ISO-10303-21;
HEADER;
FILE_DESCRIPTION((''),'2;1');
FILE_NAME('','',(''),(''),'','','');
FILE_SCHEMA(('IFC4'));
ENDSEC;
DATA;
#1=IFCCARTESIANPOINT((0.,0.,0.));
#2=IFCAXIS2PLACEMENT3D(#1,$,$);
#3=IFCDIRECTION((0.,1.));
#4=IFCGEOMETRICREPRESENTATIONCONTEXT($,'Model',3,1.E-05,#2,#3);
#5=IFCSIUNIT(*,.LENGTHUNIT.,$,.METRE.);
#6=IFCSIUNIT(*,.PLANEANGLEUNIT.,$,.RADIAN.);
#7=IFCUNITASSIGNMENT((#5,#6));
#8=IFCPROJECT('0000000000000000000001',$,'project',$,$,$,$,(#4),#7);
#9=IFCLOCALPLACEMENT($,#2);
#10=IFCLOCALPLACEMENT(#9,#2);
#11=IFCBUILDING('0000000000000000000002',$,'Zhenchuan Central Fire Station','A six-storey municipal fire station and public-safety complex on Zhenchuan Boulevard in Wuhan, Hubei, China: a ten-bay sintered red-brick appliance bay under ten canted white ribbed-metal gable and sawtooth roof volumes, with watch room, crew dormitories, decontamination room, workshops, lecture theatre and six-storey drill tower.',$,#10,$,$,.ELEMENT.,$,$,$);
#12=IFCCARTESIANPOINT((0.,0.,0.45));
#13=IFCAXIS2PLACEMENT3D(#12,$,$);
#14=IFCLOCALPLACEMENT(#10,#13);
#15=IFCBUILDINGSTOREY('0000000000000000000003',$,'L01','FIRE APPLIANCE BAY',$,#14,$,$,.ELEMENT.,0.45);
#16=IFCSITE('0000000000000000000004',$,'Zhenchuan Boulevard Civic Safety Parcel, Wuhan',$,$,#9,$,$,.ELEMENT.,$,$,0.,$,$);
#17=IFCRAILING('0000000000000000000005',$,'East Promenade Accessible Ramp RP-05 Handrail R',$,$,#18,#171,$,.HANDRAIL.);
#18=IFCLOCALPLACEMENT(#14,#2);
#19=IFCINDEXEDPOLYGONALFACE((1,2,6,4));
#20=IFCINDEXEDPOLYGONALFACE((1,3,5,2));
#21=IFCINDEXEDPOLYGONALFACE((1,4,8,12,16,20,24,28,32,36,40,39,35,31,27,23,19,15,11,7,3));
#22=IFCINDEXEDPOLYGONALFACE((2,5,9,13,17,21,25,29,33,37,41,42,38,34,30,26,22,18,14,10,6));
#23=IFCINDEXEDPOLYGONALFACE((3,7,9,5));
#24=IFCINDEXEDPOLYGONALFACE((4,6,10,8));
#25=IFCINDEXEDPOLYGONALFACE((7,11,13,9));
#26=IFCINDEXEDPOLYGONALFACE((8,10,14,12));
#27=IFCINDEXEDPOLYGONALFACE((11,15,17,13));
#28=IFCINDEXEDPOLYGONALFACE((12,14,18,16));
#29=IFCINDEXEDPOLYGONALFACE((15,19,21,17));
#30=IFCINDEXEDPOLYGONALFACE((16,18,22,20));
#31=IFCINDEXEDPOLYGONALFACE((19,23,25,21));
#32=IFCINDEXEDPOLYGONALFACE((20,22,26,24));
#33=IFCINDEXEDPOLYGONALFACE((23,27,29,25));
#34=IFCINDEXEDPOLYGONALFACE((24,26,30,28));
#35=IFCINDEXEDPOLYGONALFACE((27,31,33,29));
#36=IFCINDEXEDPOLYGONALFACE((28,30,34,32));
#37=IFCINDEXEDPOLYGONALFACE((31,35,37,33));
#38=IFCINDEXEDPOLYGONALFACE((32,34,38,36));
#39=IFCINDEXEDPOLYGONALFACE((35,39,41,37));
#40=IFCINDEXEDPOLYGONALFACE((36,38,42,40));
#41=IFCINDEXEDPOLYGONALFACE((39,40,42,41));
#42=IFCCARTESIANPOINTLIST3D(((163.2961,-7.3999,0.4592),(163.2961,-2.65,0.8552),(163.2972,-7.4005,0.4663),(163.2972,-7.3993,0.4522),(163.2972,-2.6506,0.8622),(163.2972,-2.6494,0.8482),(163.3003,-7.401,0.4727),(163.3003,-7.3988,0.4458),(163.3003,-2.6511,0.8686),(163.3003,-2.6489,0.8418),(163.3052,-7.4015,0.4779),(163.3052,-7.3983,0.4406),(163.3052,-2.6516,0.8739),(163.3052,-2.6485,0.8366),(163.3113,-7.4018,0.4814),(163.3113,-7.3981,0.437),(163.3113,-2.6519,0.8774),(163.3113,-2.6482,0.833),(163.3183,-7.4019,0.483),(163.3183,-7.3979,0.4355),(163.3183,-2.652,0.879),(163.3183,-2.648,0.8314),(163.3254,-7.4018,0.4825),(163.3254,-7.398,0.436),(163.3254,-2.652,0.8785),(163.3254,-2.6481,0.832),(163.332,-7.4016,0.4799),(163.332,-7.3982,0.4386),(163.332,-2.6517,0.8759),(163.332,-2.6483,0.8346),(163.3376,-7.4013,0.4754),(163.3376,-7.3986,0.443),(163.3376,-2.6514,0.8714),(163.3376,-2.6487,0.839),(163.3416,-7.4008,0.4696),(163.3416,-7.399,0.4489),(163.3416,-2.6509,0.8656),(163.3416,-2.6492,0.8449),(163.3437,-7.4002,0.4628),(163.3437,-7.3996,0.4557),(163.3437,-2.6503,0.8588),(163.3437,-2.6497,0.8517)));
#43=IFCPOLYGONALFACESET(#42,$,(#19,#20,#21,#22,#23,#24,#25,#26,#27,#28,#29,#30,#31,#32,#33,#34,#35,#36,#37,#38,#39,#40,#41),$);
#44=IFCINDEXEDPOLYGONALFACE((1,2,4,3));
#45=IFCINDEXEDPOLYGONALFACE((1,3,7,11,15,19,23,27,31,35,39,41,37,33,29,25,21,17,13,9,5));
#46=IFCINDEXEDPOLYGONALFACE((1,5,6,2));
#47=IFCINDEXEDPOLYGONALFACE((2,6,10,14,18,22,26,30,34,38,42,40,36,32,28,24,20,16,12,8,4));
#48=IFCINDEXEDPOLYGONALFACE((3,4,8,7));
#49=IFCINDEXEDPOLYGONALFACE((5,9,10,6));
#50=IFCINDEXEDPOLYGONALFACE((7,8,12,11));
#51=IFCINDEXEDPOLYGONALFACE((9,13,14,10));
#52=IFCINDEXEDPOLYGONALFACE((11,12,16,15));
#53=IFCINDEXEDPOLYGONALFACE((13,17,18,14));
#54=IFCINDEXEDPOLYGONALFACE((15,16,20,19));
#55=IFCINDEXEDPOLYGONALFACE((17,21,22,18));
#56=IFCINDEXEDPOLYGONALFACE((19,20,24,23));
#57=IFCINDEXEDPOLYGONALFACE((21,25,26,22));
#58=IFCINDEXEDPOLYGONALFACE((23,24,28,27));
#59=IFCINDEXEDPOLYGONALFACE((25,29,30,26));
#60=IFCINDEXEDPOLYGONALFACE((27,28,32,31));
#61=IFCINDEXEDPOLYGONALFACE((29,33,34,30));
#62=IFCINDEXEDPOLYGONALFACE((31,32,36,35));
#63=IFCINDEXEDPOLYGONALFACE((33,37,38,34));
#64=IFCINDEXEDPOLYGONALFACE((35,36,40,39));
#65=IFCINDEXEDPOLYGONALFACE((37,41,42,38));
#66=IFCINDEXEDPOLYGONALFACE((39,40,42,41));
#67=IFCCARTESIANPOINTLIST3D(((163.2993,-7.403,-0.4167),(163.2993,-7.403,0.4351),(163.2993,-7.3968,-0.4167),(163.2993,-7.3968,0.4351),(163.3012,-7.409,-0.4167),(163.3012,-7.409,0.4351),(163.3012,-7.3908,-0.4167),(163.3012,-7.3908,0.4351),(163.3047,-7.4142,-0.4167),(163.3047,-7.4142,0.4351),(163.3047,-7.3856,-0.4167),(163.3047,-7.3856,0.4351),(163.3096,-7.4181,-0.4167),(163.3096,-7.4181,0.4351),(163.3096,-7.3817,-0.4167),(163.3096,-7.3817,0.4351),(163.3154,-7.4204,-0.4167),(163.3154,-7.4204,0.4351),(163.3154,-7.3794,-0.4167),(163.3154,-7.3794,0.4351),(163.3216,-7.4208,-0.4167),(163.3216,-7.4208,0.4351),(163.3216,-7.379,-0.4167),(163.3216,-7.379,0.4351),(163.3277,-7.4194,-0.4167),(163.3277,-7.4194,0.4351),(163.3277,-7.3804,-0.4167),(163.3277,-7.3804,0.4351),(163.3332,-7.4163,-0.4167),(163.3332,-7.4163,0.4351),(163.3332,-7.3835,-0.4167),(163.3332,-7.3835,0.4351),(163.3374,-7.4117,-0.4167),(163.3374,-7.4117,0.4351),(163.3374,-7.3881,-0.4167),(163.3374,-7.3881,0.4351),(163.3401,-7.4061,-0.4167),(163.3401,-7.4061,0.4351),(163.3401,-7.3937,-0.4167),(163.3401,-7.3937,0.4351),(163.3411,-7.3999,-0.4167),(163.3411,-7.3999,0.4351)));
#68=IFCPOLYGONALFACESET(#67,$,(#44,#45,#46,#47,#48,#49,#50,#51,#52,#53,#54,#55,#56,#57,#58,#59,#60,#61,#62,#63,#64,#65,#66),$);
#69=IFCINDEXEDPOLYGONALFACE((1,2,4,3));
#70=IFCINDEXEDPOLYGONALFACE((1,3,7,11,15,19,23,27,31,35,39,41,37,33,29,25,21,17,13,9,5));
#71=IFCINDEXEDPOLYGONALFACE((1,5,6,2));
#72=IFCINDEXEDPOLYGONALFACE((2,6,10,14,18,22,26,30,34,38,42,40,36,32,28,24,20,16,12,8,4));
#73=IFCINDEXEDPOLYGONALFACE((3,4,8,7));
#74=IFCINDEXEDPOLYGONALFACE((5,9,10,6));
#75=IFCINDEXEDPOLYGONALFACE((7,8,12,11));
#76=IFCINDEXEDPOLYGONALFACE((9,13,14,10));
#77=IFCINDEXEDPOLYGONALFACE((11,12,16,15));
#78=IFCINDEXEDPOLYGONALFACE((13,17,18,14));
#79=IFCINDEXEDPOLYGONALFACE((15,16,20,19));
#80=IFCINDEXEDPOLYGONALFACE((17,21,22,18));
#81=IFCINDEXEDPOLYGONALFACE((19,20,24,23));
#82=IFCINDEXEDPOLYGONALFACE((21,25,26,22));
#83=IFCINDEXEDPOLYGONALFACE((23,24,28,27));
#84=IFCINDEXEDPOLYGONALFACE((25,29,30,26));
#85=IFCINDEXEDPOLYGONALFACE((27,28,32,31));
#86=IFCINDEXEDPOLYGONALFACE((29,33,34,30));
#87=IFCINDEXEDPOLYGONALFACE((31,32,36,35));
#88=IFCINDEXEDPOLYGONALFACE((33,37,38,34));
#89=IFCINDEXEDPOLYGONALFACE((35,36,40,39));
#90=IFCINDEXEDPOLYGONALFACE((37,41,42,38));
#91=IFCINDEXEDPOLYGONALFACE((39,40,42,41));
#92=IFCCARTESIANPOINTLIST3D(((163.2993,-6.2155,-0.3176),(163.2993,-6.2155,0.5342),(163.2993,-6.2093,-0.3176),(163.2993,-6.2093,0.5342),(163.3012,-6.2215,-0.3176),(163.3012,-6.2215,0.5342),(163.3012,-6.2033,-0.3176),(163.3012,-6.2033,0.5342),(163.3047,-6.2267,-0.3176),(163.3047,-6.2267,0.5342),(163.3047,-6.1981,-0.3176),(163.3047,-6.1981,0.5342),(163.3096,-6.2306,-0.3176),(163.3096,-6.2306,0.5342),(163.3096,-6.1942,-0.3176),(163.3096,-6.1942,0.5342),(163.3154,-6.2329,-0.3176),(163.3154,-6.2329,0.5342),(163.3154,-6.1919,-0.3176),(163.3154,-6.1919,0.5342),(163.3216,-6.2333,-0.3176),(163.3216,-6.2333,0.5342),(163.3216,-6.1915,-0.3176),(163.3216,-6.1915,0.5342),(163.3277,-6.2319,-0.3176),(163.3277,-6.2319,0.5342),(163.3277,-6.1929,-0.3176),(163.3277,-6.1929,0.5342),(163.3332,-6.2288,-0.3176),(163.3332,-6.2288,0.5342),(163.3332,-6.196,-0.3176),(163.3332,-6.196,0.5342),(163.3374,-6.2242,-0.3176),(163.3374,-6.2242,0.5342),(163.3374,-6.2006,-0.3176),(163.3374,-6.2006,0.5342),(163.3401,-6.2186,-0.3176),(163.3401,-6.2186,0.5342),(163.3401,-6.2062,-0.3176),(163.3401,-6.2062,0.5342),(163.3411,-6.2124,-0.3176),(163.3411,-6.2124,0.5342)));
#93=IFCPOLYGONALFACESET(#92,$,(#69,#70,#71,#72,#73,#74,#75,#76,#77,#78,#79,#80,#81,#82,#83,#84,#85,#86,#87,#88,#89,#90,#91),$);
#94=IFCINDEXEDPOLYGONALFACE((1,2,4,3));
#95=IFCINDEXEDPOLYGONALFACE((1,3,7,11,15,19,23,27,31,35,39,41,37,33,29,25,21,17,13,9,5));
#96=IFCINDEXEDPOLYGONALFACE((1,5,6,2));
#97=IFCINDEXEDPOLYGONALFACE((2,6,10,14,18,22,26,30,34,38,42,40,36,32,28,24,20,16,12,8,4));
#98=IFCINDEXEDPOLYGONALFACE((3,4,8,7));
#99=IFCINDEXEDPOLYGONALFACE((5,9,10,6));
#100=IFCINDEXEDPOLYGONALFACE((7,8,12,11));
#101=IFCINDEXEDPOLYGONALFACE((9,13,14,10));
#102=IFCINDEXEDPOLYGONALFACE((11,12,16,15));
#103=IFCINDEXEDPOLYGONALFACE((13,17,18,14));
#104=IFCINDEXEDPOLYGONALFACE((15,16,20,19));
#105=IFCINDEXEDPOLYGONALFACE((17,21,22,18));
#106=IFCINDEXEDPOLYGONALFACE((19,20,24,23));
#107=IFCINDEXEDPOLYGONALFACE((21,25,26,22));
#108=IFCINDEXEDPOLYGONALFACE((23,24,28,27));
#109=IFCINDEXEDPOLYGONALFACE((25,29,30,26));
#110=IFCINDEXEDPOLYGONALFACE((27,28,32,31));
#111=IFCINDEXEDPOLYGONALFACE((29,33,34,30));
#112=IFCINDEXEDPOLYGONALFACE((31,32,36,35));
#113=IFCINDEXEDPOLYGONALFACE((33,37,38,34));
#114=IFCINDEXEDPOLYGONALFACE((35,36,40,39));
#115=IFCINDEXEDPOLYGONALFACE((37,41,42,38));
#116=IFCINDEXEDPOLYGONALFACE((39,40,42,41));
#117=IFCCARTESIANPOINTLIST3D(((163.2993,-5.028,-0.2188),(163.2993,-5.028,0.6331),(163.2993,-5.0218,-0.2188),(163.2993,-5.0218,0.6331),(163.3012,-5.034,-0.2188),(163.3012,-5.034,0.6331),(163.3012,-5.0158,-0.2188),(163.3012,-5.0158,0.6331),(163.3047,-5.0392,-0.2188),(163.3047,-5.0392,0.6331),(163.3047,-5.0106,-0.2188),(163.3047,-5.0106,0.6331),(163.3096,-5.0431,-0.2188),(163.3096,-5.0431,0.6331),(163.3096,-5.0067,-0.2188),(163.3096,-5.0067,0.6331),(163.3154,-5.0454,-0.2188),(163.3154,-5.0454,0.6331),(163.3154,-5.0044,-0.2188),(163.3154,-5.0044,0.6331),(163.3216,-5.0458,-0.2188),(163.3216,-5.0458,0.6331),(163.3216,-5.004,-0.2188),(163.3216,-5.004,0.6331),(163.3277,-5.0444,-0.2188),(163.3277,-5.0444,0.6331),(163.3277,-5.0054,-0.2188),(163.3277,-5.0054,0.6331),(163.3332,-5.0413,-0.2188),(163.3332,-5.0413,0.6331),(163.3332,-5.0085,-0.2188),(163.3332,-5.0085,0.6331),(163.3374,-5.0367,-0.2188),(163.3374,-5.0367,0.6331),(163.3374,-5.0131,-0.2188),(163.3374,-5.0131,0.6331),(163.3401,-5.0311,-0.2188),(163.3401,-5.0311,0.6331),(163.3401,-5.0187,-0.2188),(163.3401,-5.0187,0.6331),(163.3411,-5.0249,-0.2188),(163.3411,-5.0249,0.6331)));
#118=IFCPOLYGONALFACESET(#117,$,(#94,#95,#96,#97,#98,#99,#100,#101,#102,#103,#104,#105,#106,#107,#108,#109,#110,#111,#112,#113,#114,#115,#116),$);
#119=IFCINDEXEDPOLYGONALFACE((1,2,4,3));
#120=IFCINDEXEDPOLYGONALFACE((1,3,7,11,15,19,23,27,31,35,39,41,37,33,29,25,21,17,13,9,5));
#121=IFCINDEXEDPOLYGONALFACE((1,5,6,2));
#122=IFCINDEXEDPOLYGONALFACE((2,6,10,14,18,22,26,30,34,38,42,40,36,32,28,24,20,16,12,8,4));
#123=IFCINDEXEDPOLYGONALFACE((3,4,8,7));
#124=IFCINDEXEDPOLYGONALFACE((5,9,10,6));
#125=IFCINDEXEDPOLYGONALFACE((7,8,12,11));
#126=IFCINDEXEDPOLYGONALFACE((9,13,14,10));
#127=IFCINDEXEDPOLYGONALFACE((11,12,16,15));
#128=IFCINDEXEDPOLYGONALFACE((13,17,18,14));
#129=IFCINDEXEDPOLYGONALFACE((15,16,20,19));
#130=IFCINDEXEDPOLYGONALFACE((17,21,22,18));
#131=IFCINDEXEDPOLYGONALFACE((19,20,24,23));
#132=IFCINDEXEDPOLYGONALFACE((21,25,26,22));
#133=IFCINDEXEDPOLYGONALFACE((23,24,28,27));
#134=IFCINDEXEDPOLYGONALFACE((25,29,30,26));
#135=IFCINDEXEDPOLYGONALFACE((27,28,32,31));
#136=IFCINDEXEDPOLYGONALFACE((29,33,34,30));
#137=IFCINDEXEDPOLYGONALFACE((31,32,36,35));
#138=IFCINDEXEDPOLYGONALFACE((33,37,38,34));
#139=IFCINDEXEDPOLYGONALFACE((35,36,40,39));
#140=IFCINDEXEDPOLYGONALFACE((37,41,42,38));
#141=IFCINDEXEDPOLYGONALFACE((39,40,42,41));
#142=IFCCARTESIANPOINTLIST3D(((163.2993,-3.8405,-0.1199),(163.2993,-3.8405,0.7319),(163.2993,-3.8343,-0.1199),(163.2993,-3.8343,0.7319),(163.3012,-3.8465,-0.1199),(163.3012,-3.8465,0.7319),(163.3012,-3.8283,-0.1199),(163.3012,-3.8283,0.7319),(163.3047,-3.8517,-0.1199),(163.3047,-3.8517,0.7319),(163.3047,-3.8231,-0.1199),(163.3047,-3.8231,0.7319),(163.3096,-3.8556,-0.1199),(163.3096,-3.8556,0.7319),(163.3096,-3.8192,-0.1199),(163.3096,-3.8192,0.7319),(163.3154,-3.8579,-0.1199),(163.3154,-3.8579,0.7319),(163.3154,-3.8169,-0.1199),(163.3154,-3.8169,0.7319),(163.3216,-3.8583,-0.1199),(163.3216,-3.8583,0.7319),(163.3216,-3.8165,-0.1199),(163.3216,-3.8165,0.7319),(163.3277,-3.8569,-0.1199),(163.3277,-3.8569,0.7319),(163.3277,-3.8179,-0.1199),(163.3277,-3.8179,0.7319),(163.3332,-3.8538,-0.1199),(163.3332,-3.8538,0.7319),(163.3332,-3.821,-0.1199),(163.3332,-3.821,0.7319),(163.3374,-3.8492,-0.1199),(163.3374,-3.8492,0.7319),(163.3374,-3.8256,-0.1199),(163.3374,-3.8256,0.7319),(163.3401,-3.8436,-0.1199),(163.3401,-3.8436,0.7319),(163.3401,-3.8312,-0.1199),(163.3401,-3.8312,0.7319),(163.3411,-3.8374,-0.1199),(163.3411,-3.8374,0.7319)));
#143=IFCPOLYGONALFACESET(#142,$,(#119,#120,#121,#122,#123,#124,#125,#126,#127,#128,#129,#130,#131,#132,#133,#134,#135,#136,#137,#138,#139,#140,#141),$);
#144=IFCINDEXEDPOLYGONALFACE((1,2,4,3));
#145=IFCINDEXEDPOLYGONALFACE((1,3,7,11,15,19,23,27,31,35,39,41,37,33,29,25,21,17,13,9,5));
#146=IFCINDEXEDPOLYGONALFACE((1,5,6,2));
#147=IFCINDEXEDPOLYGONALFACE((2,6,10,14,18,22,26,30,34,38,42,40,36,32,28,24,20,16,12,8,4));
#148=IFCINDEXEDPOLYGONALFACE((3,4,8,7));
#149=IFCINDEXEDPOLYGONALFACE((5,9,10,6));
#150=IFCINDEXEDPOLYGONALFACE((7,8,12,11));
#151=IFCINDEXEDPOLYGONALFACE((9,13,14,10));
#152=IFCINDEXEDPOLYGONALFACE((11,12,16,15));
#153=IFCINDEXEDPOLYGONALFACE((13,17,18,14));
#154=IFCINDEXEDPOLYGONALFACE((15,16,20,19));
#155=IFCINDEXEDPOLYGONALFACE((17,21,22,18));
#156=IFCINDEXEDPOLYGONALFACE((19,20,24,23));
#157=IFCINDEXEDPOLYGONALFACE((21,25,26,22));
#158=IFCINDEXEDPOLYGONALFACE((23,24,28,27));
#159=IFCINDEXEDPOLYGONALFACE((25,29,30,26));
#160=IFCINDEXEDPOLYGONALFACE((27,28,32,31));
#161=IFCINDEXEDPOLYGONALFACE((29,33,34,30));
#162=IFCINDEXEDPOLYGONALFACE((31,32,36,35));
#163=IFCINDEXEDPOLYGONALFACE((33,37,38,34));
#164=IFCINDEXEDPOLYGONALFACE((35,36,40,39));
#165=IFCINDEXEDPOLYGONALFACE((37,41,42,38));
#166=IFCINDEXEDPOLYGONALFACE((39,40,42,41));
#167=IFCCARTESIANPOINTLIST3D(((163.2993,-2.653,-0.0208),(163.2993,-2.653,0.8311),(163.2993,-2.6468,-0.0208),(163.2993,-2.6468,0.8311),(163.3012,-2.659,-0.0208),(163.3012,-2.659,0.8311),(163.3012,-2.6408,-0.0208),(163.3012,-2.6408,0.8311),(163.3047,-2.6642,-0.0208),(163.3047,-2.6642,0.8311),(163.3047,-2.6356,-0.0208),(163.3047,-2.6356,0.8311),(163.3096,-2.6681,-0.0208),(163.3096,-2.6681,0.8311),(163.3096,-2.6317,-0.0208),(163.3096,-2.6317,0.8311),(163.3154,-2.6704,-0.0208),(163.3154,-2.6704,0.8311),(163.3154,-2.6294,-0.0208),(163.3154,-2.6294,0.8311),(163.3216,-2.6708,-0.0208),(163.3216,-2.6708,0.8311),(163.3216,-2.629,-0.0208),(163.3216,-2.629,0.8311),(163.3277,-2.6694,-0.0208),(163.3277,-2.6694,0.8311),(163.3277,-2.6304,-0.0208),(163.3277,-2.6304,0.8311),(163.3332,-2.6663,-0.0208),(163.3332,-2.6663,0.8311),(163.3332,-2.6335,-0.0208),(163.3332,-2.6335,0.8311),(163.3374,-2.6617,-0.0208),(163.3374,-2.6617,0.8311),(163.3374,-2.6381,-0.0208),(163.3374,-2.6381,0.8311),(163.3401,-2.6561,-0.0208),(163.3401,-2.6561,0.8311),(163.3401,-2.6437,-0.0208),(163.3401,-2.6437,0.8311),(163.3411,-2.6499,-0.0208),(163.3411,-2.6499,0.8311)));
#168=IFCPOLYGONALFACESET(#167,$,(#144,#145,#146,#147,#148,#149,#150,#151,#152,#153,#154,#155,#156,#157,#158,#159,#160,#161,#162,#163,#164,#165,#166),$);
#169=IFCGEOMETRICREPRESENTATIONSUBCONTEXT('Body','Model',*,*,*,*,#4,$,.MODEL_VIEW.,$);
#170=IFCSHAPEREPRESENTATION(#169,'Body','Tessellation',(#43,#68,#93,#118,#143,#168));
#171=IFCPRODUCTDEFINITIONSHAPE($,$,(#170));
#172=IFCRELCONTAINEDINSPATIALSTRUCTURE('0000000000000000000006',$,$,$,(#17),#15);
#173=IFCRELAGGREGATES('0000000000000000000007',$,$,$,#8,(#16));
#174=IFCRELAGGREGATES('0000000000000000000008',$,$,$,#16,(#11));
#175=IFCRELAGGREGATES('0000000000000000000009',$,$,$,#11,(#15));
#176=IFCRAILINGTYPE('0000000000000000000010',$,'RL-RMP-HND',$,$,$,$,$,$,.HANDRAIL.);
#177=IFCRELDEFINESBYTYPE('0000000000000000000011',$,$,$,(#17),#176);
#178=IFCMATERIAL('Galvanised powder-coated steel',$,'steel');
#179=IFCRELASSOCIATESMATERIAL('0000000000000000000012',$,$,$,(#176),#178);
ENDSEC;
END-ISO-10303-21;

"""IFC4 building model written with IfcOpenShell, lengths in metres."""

from ifc_helpers import new_model, si_unit, direction, frame, origin, origin_2d, place, context, subcontext, project, spatial, circle, extrude, material, type_object, element, save


model = new_model("IFC4")

# Units and contexts
model_context = context("Model", 3, precision=1e-05, world=origin(), true_north=direction((0.0, 1.0)))
body_context = subcontext(model_context, "Body", "Model", "MODEL_VIEW")
ifc_project = project(units=[si_unit("LENGTHUNIT", "METRE"), si_unit("PLANEANGLEUNIT", "RADIAN")], contexts=[model_context])

# Site, building, storey
site_placement = place(None, origin())
site = spatial("IfcSite", under=ifc_project, at=site_placement, Name="Zhenchuan Boulevard Civic Safety Parcel, Wuhan", CompositionType="ELEMENT", RefElevation=0.0)
building_placement = place(site_placement, origin())
building = spatial("IfcBuilding", under=site, at=building_placement, Name="Zhenchuan Central Fire Station", Description="A six-storey municipal fire station and public-safety complex on Zhenchuan Boulevard in Wuhan, Hubei, China: a ten-bay sintered red-brick appliance bay under ten canted white ribbed-metal gable and sawtooth roof volumes, with watch room, crew dormitories, decontamination room, workshops, lecture theatre and six-storey drill tower.", CompositionType="ELEMENT")
storey_placement = place(building_placement, frame((0.0, 0.0, 0.45)))
storey = spatial("IfcBuildingStorey", under=building, at=storey_placement, Name="L01", Description="FIRE APPLIANCE BAY", CompositionType="ELEMENT", Elevation=0.45)

# Railing
ifc_material_1 = material(Name="Galvanised powder-coated steel", Category="steel")
railing_type = type_object("IfcRailingType", Name="RL-RMP-HND", PredefinedType="HANDRAIL", material=ifc_material_1)
for number, where, name in (
    (1, (163.3201, -7.3999, -0.4167), "East Promenade Accessible Ramp RP-05 Handrail R"),
):
    element("IfcRailing", number, at=place(storey_placement, frame(where)), inside=storey, type_object=railing_type, Name=name, PredefinedType="HANDRAIL", context=body_context, shape_type="SweptSolid", body=[
        extrude(circle(Radius=0.0239, at=origin_2d()), frame((0.0, 0.0, 0.876), z_axis=(0.0, 0.996543, 0.083079), x_axis=(-1.0, 0.0, 0.0)), (0.0, 0.0, 1.0), 4.7664),
        extrude(circle(Radius=0.021, at=origin_2d()), origin(), (0.0, 0.0, 1.0), 0.8518),
        extrude(circle(Radius=0.021, at=origin_2d()), frame((0.0, 1.1875, 0.0991)), (0.0, 0.0, 1.0), 0.8518),
        extrude(circle(Radius=0.021, at=origin_2d()), frame((0.0, 2.375, 0.198)), (0.0, 0.0, 1.0), 0.8518),
        extrude(circle(Radius=0.021, at=origin_2d()), frame((0.0, 3.5625, 0.2969)), (0.0, 0.0, 1.0), 0.8518),
        extrude(circle(Radius=0.021, at=origin_2d()), frame((0.0, 4.75, 0.396)), (0.0, 0.0, 1.0), 0.8518),
    ])

save(model, "model.ifc")
